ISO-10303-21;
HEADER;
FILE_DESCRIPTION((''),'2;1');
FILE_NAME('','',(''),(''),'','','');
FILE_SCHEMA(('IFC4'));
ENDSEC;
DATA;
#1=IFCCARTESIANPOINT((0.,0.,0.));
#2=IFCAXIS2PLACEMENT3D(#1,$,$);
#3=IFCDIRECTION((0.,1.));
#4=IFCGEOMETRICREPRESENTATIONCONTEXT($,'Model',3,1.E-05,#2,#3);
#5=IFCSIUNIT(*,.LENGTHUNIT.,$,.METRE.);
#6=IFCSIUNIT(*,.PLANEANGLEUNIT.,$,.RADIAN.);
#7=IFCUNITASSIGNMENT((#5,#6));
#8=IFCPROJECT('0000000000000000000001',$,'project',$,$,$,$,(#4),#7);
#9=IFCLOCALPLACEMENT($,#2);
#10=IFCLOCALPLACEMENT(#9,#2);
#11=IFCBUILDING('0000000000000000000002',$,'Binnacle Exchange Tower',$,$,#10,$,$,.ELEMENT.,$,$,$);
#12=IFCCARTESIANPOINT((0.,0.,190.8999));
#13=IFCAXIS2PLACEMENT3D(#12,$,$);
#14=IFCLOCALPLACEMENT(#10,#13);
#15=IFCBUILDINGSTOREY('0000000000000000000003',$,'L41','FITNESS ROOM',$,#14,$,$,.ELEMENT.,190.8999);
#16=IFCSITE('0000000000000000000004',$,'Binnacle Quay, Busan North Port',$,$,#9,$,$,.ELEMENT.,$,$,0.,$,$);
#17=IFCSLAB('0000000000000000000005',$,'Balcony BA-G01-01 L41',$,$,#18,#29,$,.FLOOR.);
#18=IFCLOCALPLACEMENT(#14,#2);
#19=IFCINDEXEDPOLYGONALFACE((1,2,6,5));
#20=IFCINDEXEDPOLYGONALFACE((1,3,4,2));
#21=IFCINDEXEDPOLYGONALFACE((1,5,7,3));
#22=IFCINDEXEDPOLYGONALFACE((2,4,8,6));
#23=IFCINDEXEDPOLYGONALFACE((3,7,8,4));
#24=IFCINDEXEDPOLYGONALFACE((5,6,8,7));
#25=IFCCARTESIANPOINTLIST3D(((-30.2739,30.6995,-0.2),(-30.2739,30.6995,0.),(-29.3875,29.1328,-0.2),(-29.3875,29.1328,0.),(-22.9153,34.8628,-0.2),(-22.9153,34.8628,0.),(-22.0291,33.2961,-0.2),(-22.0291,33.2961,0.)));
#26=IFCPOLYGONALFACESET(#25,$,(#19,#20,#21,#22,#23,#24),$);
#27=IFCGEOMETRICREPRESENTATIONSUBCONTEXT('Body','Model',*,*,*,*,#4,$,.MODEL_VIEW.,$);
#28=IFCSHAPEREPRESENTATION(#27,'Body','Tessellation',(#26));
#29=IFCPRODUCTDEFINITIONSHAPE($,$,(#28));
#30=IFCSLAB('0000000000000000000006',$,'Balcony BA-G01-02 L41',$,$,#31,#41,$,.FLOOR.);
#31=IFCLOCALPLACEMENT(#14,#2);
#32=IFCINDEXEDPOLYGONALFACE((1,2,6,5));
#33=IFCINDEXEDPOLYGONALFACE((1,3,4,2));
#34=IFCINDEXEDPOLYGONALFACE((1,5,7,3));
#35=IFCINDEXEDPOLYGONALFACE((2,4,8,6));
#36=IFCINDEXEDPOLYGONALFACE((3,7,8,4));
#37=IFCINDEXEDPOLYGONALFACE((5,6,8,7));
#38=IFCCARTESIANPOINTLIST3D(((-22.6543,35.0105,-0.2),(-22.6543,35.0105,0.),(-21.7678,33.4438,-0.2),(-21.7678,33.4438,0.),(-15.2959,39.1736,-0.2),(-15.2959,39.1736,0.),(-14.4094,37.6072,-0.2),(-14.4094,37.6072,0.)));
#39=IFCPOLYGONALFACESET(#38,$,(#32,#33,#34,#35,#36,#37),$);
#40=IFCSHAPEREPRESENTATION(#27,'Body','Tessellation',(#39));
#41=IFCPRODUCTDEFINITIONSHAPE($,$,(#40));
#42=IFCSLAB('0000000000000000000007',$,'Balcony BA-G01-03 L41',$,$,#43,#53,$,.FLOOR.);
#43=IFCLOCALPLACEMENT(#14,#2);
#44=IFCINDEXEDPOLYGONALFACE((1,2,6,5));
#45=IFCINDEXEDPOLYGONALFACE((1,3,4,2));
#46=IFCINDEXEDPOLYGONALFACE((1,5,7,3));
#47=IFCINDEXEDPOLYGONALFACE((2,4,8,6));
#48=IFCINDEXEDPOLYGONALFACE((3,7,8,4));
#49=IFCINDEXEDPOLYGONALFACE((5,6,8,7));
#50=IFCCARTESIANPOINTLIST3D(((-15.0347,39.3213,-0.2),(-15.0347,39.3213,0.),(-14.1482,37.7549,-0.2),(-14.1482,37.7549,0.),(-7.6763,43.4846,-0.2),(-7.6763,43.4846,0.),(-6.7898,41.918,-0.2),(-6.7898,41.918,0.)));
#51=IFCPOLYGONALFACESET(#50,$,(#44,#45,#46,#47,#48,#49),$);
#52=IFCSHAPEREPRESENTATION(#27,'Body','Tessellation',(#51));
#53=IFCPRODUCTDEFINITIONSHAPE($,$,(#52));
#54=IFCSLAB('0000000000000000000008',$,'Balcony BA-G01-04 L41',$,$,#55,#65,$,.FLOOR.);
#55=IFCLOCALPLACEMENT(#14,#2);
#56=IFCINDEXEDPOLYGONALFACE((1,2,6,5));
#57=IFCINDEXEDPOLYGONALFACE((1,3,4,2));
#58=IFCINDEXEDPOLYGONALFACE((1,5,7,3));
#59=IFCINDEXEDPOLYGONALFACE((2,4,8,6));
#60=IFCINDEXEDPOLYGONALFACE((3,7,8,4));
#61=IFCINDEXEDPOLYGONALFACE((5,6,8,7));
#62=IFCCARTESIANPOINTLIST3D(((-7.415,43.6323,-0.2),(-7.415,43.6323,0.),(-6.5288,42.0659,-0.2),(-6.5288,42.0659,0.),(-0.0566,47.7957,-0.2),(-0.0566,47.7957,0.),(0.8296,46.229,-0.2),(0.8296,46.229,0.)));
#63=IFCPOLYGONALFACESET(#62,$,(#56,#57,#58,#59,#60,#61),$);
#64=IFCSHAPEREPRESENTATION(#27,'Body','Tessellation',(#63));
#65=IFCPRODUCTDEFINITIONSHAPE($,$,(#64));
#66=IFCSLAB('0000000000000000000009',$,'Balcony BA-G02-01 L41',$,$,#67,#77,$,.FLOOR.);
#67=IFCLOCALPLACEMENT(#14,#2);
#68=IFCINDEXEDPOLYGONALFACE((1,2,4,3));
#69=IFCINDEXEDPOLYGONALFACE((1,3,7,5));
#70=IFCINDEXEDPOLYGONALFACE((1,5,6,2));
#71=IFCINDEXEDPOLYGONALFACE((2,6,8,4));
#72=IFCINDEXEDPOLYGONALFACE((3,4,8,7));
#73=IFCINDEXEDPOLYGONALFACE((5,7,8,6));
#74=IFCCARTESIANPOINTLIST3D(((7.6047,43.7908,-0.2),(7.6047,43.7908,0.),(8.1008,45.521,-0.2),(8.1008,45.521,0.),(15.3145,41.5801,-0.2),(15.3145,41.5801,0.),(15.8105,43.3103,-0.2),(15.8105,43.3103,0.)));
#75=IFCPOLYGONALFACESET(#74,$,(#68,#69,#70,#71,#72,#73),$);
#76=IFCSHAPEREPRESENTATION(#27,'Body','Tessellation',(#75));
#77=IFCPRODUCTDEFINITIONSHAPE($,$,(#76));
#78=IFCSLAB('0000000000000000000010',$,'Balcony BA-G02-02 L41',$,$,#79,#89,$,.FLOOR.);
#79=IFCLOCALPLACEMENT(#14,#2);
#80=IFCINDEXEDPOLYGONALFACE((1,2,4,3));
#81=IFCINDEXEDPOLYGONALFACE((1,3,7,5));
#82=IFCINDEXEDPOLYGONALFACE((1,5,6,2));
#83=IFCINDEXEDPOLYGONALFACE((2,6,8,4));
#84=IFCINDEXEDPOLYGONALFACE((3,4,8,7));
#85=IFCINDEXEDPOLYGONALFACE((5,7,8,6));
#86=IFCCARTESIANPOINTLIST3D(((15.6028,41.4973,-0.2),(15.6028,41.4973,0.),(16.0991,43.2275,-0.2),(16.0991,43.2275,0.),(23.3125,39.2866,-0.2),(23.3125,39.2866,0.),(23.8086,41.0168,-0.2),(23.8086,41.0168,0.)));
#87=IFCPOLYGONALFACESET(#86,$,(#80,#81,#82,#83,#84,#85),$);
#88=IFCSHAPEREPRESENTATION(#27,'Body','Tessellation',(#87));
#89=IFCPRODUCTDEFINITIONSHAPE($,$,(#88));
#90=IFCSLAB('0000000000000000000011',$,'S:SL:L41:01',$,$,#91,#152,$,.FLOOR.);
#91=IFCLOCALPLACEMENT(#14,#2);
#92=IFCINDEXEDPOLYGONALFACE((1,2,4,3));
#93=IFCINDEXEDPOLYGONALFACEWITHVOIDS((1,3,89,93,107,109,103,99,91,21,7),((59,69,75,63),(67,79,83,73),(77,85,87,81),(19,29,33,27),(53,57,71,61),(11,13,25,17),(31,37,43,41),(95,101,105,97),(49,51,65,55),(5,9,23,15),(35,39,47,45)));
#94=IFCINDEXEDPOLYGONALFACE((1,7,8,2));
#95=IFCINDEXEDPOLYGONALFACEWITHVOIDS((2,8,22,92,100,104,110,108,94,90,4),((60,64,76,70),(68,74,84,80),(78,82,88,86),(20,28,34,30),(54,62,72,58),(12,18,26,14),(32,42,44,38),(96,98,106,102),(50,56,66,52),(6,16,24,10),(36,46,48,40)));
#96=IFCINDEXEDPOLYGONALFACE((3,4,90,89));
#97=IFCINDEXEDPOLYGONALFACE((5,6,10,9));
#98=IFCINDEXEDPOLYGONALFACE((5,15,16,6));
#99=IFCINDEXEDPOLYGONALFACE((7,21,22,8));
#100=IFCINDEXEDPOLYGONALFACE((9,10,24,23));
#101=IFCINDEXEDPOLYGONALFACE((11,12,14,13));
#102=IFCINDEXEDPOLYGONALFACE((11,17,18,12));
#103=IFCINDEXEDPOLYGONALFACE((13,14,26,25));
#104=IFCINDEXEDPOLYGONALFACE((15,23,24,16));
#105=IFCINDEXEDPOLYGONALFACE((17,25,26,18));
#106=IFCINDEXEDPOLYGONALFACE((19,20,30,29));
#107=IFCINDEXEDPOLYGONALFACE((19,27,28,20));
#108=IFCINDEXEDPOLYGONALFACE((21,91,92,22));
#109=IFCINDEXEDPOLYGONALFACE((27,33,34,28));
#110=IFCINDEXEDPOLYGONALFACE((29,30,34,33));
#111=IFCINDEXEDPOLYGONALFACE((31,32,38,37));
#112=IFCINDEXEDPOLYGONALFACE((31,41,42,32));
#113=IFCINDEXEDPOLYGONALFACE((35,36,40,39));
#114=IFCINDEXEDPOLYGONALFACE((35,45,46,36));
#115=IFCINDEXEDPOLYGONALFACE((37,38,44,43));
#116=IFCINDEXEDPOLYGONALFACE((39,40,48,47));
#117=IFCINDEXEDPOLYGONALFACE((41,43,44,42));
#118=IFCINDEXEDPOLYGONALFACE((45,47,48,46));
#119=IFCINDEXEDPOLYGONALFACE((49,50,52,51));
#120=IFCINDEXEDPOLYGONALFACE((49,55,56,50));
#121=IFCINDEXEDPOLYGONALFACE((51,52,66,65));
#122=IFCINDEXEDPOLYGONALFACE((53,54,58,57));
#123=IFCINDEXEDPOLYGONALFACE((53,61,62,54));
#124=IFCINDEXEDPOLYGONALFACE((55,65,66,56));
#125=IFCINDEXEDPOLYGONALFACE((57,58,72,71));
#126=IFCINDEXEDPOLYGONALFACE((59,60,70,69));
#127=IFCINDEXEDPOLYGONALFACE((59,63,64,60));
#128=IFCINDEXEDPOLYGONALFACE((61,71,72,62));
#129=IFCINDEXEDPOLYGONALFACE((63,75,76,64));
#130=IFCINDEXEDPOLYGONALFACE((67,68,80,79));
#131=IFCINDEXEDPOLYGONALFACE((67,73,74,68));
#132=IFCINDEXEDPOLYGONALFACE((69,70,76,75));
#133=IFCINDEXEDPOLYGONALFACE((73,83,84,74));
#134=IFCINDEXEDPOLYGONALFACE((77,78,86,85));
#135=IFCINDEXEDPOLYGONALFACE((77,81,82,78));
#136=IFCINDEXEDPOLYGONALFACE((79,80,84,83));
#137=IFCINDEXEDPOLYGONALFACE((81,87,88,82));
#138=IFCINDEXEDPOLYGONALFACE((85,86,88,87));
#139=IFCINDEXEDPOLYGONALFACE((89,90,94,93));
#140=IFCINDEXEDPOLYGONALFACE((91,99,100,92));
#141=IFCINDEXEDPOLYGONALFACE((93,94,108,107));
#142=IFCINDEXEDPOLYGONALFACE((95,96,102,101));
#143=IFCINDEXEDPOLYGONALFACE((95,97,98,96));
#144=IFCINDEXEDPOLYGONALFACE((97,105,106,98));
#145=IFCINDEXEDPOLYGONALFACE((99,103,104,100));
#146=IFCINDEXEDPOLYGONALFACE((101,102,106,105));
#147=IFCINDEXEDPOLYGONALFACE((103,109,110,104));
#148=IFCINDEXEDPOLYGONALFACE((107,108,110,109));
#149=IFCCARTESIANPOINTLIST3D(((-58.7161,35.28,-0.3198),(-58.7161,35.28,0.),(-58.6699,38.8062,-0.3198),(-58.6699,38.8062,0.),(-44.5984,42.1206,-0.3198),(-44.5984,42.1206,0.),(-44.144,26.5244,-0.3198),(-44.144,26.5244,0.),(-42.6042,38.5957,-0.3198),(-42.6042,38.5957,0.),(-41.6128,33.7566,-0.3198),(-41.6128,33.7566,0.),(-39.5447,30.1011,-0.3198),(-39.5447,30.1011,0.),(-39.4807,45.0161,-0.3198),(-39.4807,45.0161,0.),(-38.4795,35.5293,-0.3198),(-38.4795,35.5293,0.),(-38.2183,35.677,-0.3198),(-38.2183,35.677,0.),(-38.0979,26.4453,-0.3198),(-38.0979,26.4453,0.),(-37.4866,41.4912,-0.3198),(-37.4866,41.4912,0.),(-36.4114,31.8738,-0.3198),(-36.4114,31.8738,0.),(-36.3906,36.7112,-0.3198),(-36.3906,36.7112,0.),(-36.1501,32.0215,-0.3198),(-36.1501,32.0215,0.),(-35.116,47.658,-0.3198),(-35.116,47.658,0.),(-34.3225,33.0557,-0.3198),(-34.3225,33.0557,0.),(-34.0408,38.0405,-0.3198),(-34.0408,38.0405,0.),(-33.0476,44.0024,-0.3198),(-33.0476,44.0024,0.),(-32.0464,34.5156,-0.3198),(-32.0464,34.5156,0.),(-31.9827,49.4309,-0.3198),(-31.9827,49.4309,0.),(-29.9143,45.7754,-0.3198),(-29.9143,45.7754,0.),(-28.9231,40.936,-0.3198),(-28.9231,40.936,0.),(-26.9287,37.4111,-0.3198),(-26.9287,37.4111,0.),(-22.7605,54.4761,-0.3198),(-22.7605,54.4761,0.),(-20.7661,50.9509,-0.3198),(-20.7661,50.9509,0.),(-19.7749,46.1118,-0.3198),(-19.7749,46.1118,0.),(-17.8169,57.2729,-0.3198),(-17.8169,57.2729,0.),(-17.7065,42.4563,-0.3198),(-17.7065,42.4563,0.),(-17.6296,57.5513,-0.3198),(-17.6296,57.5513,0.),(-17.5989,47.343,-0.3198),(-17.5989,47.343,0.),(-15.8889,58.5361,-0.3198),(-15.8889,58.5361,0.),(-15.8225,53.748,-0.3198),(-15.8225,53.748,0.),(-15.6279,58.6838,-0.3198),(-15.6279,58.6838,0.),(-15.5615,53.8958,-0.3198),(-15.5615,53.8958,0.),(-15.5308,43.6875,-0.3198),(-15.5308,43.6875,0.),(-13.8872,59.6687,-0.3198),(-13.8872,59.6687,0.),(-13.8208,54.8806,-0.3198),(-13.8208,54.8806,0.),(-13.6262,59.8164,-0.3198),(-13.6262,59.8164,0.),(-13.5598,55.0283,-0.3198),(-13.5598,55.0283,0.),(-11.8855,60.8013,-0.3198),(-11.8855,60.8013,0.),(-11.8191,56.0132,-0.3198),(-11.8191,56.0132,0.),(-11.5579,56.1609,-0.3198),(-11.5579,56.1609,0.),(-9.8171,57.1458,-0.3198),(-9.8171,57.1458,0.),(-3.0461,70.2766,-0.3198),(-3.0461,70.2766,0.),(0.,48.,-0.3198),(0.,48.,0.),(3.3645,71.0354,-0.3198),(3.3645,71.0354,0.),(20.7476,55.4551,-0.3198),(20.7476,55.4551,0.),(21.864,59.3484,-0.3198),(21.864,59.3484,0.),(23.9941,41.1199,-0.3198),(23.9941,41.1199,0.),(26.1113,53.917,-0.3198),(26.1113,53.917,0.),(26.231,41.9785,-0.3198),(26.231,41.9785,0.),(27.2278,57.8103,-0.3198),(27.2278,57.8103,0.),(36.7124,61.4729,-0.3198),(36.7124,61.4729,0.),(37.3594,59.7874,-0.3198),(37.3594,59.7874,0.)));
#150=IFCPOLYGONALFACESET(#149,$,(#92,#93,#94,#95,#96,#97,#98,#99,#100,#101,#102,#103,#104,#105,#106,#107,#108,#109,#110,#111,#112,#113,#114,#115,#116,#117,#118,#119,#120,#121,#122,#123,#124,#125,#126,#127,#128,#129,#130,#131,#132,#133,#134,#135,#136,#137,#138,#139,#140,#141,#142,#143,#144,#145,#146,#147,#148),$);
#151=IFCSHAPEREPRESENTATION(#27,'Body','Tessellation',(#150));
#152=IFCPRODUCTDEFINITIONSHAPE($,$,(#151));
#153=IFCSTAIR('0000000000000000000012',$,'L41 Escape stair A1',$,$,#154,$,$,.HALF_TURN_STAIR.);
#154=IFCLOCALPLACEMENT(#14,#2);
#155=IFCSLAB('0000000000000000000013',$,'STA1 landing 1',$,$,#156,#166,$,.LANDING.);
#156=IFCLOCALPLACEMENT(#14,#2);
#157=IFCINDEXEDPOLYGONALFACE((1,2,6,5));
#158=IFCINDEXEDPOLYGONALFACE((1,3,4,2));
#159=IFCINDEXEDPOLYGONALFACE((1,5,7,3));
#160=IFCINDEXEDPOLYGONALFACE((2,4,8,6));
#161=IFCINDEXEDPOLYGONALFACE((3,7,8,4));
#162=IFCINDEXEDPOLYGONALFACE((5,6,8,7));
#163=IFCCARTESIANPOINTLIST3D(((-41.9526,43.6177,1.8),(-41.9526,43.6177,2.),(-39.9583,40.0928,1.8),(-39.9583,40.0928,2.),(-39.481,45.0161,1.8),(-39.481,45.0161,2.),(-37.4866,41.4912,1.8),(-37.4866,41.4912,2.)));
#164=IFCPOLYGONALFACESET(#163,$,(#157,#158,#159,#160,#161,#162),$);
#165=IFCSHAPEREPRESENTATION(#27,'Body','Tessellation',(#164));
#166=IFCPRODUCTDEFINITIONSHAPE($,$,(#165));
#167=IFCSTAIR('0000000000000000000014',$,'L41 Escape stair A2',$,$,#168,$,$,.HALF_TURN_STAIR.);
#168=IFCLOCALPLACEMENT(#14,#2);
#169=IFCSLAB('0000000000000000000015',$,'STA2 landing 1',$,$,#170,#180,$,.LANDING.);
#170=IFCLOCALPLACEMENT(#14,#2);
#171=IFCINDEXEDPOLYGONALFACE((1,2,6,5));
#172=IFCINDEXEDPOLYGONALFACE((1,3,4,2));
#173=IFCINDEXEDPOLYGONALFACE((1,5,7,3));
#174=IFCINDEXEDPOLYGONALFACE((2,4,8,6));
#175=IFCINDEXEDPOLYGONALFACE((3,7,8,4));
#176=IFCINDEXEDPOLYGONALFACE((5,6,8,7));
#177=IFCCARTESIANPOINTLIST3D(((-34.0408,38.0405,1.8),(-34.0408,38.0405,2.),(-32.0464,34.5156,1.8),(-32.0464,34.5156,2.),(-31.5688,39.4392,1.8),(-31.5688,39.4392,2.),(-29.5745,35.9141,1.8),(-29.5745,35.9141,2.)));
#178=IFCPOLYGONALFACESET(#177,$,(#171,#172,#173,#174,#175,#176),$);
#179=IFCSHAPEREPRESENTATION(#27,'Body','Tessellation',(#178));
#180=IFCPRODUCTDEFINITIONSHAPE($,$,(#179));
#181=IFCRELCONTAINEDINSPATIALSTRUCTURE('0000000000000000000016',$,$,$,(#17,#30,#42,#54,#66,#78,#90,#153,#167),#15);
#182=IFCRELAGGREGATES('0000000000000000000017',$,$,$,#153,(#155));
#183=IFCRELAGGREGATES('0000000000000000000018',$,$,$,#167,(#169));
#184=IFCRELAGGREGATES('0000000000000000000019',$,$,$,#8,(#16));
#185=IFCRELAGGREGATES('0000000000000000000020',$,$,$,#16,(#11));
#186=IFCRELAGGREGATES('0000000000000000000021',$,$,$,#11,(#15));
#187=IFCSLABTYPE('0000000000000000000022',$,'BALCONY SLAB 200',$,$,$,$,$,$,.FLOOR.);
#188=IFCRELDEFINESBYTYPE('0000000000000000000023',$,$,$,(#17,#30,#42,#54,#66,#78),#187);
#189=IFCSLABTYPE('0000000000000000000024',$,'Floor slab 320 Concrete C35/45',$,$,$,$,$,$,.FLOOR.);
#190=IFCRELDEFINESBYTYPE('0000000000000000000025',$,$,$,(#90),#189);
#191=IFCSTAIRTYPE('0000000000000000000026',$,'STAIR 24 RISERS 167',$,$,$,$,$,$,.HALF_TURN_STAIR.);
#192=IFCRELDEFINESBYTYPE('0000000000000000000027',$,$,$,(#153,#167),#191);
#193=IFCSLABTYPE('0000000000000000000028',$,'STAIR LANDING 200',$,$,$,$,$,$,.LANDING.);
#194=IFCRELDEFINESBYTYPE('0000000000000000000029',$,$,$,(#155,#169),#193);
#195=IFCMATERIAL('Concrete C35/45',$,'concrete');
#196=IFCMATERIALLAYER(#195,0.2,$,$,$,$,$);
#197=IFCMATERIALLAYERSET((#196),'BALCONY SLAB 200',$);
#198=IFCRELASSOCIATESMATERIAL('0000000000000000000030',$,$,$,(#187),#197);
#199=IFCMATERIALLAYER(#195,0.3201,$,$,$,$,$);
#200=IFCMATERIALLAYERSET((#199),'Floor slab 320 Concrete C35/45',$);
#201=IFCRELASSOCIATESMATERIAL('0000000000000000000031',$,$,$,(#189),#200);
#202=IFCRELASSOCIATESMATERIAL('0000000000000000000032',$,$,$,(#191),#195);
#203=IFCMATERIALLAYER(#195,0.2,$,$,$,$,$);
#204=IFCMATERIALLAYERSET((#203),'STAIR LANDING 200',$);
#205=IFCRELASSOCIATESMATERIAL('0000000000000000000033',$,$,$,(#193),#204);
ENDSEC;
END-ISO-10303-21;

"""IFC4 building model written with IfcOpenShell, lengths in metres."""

from ifc_helpers import new_model, si_unit, direction, frame, origin, place, context, subcontext, project, spatial, polyline, outline, extrude, material, layer, layer_set, type_object, element, aggregate, save


model = new_model("IFC4")

# Units and contexts
model_context = context("Model", 3, precision=1e-05, world=origin(), true_north=direction((0.0, 1.0)))
body_context = subcontext(model_context, "Body", "Model", "MODEL_VIEW")
ifc_project = project(units=[si_unit("LENGTHUNIT", "METRE"), si_unit("PLANEANGLEUNIT", "RADIAN")], contexts=[model_context])

# Site, building, storey
site_placement = place(None, origin())
site = spatial("IfcSite", under=ifc_project, at=site_placement, Name="Binnacle Quay, Busan North Port", CompositionType="ELEMENT", RefElevation=0.0)
building_placement = place(site_placement, origin())
building = spatial("IfcBuilding", under=site, at=building_placement, Name="Binnacle Exchange Tower", CompositionType="ELEMENT")
storey_placement = place(building_placement, frame((0.0, 0.0, 190.8999)))
storey = spatial("IfcBuildingStorey", under=building, at=storey_placement, Name="L41", Description="FITNESS ROOM", CompositionType="ELEMENT", Elevation=190.8999)

# Slabs
ifc_material_1 = material(Name="Concrete C35/45", Category="concrete")
ifc_layer_1 = layer(ifc_material_1, 0.2)
ifc_layer_set_1 = layer_set([ifc_layer_1], Name="BALCONY SLAB 200")
slab_type_1 = type_object("IfcSlabType", Name="BALCONY SLAB 200", PredefinedType="FLOOR", material=ifc_layer_set_1)
slab_1_placement = place(storey_placement, frame((0.0, 0.0, -0.2)))
element("IfcSlab", 1, at=slab_1_placement, inside=storey, type_object=slab_type_1, Name="Balcony BA-G01-01 L41", PredefinedType="FLOOR", context=body_context, shape_type="SweptSolid", body=[
    extrude(outline(polyline([(-30.2739, 30.6995), (-22.9153, 34.8628), (-22.0291, 33.2961), (-29.3875, 29.1328), (-30.2739, 30.6995)])), origin(), (0.0, 0.0, 1.0), 0.2),
])
slab_2_placement = place(storey_placement, frame((0.0, 0.0, -0.2)))
element("IfcSlab", 2, at=slab_2_placement, inside=storey, type_object=slab_type_1, Name="Balcony BA-G01-02 L41", PredefinedType="FLOOR", context=body_context, shape_type="SweptSolid", body=[
    extrude(outline(polyline([(-22.6543, 35.0105), (-15.2959, 39.1736), (-14.4094, 37.6072), (-21.7678, 33.4438), (-22.6543, 35.0105)])), origin(), (0.0, 0.0, 1.0), 0.2),
])
slab_3_placement = place(storey_placement, frame((0.0, 0.0, -0.2)))
element("IfcSlab", 3, at=slab_3_placement, inside=storey, type_object=slab_type_1, Name="Balcony BA-G01-03 L41", PredefinedType="FLOOR", context=body_context, shape_type="SweptSolid", body=[
    extrude(outline(polyline([(-15.0347, 39.3213), (-7.6763, 43.4846), (-6.7898, 41.918), (-14.1482, 37.7549), (-15.0347, 39.3213)])), origin(), (0.0, 0.0, 1.0), 0.2),
])
slab_4_placement = place(storey_placement, frame((0.0, 0.0, -0.2)))
element("IfcSlab", 4, at=slab_4_placement, inside=storey, type_object=slab_type_1, Name="Balcony BA-G01-04 L41", PredefinedType="FLOOR", context=body_context, shape_type="SweptSolid", body=[
    extrude(outline(polyline([(-7.415, 43.6323), (-0.0566, 47.7957), (0.8296, 46.229), (-6.5288, 42.0659), (-7.415, 43.6323)])), origin(), (0.0, 0.0, 1.0), 0.2),
])
slab_5_placement = place(storey_placement, frame((0.0, 0.0, -0.2)))
element("IfcSlab", 5, at=slab_5_placement, inside=storey, type_object=slab_type_1, Name="Balcony BA-G02-01 L41", PredefinedType="FLOOR", context=body_context, shape_type="SweptSolid", body=[
    extrude(outline(polyline([(8.1008, 45.521), (15.8105, 43.3103), (15.3145, 41.5801), (7.6047, 43.7908), (8.1008, 45.521)])), origin(), (0.0, 0.0, 1.0), 0.2),
])
slab_6_placement = place(storey_placement, frame((0.0, 0.0, -0.2)))
element("IfcSlab", 6, at=slab_6_placement, inside=storey, type_object=slab_type_1, Name="Balcony BA-G02-02 L41", PredefinedType="FLOOR", context=body_context, shape_type="SweptSolid", body=[
    extrude(outline(polyline([(16.0991, 43.2275), (23.8086, 41.0168), (23.3125, 39.2866), (15.6028, 41.4973), (16.0991, 43.2275)])), origin(), (0.0, 0.0, 1.0), 0.2),
])
ifc_layer_2 = layer(ifc_material_1, 0.3201)
ifc_layer_set_2 = layer_set([ifc_layer_2], Name="Floor slab 320 Concrete C35/45")
slab_type_2 = type_object("IfcSlabType", Name="Floor slab 320 Concrete C35/45", PredefinedType="FLOOR", material=ifc_layer_set_2)
slab_7_placement = place(storey_placement, frame((0.0, 0.0, -0.3198)))
element("IfcSlab", 7, at=slab_7_placement, inside=storey, type_object=slab_type_2, Name="S:SL:L41:01", PredefinedType="FLOOR", context=body_context, shape_type="SweptSolid", body=[
    extrude(outline(polyline([(-58.7161, 35.28), (-58.6699, 38.8062), (-3.0461, 70.2766), (3.3645, 71.0354), (36.7124, 61.4729), (37.3594, 59.7874), (26.231, 41.9785), (23.9941, 41.1199), (0.0, 48.0), (-38.0979, 26.4453), (-44.144, 26.5244), (-58.7161, 35.28)]), holes=[polyline([(-38.4795, 35.5293), (-41.6128, 33.7566), (-39.5447, 30.1011), (-36.4114, 31.8738), (-38.4795, 35.5293)]), polyline([(-36.3906, 36.7112), (-38.2183, 35.677), (-36.1501, 32.0215), (-34.3225, 33.0557), (-36.3906, 36.7112)]), polyline([(-32.0464, 34.5156), (-26.9287, 37.4111), (-28.9231, 40.936), (-34.0408, 38.0405), (-32.0464, 34.5156)]), polyline([(-37.4866, 41.4912), (-39.4807, 45.0161), (-44.5984, 42.1206), (-42.6042, 38.5957), (-37.4866, 41.4912)]), polyline([(-29.9143, 45.7754), (-31.9827, 49.4309), (-35.116, 47.658), (-33.0476, 44.0024), (-29.9143, 45.7754)]), polyline([(-17.8169, 57.2729), (-22.7605, 54.4761), (-20.7661, 50.9509), (-15.8225, 53.748), (-17.8169, 57.2729)]), polyline([(-15.5308, 43.6875), (-17.5989, 47.343), (-19.7749, 46.1118), (-17.7065, 42.4563), (-15.5308, 43.6875)]), polyline([(-13.8208, 54.8806), (-15.8889, 58.5361), (-17.6296, 57.5513), (-15.5615, 53.8958), (-13.8208, 54.8806)]), polyline([(27.2278, 57.8103), (21.864, 59.3484), (20.7476, 55.4551), (26.1113, 53.917), (27.2278, 57.8103)]), polyline([(-11.8191, 56.0132), (-13.8872, 59.6687), (-15.6279, 58.6838), (-13.5598, 55.0283), (-11.8191, 56.0132)]), polyline([(-9.8171, 57.1458), (-11.8855, 60.8013), (-13.6262, 59.8164), (-11.5579, 56.1609), (-9.8171, 57.1458)])]), origin(), (0.0, 0.0, 1.0), 0.3198),
])

# Stairs, slabs
stair_type = type_object("IfcStairType", Name="STAIR 24 RISERS 167", PredefinedType="HALF_TURN_STAIR", material=ifc_material_1)
stair_1_placement = place(storey_placement, origin())
stair_1 = element("IfcStair", 8, at=stair_1_placement, inside=storey, type_object=stair_type, Name="L41 Escape stair A1", PredefinedType="HALF_TURN_STAIR")
ifc_layer_3 = layer(ifc_material_1, 0.2)
ifc_layer_set_3 = layer_set([ifc_layer_3], Name="STAIR LANDING 200")
slab_type_3 = type_object("IfcSlabType", Name="STAIR LANDING 200", PredefinedType="LANDING", material=ifc_layer_set_3)
slab_8_placement = place(storey_placement, frame((0.0, 0.0, 1.8)))
slab_8 = element("IfcSlab", 9, at=slab_8_placement, type_object=slab_type_3, Name="STA1 landing 1", PredefinedType="LANDING", context=body_context, shape_type="SweptSolid", body=[
    extrude(outline(polyline([(-39.9583, 40.0928), (-37.4866, 41.4912), (-39.481, 45.0161), (-41.9526, 43.6177), (-39.9583, 40.0928)])), origin(), (0.0, 0.0, 1.0), 0.2),
])
aggregate(stair_1, [slab_8])
stair_2_placement = place(storey_placement, origin())
stair_2 = element("IfcStair", 10, at=stair_2_placement, inside=storey, type_object=stair_type, Name="L41 Escape stair A2", PredefinedType="HALF_TURN_STAIR")
slab_9_placement = place(storey_placement, frame((0.0, 0.0, 1.8)))
slab_9 = element("IfcSlab", 11, at=slab_9_placement, type_object=slab_type_3, Name="STA2 landing 1", PredefinedType="LANDING", context=body_context, shape_type="SweptSolid", body=[
    extrude(outline(polyline([(-31.5688, 39.4392), (-34.0408, 38.0405), (-32.0464, 34.5156), (-29.5745, 35.9141), (-31.5688, 39.4392)])), origin(), (0.0, 0.0, 1.0), 0.2),
])
aggregate(stair_2, [slab_9])

save(model, "model.ifc")
